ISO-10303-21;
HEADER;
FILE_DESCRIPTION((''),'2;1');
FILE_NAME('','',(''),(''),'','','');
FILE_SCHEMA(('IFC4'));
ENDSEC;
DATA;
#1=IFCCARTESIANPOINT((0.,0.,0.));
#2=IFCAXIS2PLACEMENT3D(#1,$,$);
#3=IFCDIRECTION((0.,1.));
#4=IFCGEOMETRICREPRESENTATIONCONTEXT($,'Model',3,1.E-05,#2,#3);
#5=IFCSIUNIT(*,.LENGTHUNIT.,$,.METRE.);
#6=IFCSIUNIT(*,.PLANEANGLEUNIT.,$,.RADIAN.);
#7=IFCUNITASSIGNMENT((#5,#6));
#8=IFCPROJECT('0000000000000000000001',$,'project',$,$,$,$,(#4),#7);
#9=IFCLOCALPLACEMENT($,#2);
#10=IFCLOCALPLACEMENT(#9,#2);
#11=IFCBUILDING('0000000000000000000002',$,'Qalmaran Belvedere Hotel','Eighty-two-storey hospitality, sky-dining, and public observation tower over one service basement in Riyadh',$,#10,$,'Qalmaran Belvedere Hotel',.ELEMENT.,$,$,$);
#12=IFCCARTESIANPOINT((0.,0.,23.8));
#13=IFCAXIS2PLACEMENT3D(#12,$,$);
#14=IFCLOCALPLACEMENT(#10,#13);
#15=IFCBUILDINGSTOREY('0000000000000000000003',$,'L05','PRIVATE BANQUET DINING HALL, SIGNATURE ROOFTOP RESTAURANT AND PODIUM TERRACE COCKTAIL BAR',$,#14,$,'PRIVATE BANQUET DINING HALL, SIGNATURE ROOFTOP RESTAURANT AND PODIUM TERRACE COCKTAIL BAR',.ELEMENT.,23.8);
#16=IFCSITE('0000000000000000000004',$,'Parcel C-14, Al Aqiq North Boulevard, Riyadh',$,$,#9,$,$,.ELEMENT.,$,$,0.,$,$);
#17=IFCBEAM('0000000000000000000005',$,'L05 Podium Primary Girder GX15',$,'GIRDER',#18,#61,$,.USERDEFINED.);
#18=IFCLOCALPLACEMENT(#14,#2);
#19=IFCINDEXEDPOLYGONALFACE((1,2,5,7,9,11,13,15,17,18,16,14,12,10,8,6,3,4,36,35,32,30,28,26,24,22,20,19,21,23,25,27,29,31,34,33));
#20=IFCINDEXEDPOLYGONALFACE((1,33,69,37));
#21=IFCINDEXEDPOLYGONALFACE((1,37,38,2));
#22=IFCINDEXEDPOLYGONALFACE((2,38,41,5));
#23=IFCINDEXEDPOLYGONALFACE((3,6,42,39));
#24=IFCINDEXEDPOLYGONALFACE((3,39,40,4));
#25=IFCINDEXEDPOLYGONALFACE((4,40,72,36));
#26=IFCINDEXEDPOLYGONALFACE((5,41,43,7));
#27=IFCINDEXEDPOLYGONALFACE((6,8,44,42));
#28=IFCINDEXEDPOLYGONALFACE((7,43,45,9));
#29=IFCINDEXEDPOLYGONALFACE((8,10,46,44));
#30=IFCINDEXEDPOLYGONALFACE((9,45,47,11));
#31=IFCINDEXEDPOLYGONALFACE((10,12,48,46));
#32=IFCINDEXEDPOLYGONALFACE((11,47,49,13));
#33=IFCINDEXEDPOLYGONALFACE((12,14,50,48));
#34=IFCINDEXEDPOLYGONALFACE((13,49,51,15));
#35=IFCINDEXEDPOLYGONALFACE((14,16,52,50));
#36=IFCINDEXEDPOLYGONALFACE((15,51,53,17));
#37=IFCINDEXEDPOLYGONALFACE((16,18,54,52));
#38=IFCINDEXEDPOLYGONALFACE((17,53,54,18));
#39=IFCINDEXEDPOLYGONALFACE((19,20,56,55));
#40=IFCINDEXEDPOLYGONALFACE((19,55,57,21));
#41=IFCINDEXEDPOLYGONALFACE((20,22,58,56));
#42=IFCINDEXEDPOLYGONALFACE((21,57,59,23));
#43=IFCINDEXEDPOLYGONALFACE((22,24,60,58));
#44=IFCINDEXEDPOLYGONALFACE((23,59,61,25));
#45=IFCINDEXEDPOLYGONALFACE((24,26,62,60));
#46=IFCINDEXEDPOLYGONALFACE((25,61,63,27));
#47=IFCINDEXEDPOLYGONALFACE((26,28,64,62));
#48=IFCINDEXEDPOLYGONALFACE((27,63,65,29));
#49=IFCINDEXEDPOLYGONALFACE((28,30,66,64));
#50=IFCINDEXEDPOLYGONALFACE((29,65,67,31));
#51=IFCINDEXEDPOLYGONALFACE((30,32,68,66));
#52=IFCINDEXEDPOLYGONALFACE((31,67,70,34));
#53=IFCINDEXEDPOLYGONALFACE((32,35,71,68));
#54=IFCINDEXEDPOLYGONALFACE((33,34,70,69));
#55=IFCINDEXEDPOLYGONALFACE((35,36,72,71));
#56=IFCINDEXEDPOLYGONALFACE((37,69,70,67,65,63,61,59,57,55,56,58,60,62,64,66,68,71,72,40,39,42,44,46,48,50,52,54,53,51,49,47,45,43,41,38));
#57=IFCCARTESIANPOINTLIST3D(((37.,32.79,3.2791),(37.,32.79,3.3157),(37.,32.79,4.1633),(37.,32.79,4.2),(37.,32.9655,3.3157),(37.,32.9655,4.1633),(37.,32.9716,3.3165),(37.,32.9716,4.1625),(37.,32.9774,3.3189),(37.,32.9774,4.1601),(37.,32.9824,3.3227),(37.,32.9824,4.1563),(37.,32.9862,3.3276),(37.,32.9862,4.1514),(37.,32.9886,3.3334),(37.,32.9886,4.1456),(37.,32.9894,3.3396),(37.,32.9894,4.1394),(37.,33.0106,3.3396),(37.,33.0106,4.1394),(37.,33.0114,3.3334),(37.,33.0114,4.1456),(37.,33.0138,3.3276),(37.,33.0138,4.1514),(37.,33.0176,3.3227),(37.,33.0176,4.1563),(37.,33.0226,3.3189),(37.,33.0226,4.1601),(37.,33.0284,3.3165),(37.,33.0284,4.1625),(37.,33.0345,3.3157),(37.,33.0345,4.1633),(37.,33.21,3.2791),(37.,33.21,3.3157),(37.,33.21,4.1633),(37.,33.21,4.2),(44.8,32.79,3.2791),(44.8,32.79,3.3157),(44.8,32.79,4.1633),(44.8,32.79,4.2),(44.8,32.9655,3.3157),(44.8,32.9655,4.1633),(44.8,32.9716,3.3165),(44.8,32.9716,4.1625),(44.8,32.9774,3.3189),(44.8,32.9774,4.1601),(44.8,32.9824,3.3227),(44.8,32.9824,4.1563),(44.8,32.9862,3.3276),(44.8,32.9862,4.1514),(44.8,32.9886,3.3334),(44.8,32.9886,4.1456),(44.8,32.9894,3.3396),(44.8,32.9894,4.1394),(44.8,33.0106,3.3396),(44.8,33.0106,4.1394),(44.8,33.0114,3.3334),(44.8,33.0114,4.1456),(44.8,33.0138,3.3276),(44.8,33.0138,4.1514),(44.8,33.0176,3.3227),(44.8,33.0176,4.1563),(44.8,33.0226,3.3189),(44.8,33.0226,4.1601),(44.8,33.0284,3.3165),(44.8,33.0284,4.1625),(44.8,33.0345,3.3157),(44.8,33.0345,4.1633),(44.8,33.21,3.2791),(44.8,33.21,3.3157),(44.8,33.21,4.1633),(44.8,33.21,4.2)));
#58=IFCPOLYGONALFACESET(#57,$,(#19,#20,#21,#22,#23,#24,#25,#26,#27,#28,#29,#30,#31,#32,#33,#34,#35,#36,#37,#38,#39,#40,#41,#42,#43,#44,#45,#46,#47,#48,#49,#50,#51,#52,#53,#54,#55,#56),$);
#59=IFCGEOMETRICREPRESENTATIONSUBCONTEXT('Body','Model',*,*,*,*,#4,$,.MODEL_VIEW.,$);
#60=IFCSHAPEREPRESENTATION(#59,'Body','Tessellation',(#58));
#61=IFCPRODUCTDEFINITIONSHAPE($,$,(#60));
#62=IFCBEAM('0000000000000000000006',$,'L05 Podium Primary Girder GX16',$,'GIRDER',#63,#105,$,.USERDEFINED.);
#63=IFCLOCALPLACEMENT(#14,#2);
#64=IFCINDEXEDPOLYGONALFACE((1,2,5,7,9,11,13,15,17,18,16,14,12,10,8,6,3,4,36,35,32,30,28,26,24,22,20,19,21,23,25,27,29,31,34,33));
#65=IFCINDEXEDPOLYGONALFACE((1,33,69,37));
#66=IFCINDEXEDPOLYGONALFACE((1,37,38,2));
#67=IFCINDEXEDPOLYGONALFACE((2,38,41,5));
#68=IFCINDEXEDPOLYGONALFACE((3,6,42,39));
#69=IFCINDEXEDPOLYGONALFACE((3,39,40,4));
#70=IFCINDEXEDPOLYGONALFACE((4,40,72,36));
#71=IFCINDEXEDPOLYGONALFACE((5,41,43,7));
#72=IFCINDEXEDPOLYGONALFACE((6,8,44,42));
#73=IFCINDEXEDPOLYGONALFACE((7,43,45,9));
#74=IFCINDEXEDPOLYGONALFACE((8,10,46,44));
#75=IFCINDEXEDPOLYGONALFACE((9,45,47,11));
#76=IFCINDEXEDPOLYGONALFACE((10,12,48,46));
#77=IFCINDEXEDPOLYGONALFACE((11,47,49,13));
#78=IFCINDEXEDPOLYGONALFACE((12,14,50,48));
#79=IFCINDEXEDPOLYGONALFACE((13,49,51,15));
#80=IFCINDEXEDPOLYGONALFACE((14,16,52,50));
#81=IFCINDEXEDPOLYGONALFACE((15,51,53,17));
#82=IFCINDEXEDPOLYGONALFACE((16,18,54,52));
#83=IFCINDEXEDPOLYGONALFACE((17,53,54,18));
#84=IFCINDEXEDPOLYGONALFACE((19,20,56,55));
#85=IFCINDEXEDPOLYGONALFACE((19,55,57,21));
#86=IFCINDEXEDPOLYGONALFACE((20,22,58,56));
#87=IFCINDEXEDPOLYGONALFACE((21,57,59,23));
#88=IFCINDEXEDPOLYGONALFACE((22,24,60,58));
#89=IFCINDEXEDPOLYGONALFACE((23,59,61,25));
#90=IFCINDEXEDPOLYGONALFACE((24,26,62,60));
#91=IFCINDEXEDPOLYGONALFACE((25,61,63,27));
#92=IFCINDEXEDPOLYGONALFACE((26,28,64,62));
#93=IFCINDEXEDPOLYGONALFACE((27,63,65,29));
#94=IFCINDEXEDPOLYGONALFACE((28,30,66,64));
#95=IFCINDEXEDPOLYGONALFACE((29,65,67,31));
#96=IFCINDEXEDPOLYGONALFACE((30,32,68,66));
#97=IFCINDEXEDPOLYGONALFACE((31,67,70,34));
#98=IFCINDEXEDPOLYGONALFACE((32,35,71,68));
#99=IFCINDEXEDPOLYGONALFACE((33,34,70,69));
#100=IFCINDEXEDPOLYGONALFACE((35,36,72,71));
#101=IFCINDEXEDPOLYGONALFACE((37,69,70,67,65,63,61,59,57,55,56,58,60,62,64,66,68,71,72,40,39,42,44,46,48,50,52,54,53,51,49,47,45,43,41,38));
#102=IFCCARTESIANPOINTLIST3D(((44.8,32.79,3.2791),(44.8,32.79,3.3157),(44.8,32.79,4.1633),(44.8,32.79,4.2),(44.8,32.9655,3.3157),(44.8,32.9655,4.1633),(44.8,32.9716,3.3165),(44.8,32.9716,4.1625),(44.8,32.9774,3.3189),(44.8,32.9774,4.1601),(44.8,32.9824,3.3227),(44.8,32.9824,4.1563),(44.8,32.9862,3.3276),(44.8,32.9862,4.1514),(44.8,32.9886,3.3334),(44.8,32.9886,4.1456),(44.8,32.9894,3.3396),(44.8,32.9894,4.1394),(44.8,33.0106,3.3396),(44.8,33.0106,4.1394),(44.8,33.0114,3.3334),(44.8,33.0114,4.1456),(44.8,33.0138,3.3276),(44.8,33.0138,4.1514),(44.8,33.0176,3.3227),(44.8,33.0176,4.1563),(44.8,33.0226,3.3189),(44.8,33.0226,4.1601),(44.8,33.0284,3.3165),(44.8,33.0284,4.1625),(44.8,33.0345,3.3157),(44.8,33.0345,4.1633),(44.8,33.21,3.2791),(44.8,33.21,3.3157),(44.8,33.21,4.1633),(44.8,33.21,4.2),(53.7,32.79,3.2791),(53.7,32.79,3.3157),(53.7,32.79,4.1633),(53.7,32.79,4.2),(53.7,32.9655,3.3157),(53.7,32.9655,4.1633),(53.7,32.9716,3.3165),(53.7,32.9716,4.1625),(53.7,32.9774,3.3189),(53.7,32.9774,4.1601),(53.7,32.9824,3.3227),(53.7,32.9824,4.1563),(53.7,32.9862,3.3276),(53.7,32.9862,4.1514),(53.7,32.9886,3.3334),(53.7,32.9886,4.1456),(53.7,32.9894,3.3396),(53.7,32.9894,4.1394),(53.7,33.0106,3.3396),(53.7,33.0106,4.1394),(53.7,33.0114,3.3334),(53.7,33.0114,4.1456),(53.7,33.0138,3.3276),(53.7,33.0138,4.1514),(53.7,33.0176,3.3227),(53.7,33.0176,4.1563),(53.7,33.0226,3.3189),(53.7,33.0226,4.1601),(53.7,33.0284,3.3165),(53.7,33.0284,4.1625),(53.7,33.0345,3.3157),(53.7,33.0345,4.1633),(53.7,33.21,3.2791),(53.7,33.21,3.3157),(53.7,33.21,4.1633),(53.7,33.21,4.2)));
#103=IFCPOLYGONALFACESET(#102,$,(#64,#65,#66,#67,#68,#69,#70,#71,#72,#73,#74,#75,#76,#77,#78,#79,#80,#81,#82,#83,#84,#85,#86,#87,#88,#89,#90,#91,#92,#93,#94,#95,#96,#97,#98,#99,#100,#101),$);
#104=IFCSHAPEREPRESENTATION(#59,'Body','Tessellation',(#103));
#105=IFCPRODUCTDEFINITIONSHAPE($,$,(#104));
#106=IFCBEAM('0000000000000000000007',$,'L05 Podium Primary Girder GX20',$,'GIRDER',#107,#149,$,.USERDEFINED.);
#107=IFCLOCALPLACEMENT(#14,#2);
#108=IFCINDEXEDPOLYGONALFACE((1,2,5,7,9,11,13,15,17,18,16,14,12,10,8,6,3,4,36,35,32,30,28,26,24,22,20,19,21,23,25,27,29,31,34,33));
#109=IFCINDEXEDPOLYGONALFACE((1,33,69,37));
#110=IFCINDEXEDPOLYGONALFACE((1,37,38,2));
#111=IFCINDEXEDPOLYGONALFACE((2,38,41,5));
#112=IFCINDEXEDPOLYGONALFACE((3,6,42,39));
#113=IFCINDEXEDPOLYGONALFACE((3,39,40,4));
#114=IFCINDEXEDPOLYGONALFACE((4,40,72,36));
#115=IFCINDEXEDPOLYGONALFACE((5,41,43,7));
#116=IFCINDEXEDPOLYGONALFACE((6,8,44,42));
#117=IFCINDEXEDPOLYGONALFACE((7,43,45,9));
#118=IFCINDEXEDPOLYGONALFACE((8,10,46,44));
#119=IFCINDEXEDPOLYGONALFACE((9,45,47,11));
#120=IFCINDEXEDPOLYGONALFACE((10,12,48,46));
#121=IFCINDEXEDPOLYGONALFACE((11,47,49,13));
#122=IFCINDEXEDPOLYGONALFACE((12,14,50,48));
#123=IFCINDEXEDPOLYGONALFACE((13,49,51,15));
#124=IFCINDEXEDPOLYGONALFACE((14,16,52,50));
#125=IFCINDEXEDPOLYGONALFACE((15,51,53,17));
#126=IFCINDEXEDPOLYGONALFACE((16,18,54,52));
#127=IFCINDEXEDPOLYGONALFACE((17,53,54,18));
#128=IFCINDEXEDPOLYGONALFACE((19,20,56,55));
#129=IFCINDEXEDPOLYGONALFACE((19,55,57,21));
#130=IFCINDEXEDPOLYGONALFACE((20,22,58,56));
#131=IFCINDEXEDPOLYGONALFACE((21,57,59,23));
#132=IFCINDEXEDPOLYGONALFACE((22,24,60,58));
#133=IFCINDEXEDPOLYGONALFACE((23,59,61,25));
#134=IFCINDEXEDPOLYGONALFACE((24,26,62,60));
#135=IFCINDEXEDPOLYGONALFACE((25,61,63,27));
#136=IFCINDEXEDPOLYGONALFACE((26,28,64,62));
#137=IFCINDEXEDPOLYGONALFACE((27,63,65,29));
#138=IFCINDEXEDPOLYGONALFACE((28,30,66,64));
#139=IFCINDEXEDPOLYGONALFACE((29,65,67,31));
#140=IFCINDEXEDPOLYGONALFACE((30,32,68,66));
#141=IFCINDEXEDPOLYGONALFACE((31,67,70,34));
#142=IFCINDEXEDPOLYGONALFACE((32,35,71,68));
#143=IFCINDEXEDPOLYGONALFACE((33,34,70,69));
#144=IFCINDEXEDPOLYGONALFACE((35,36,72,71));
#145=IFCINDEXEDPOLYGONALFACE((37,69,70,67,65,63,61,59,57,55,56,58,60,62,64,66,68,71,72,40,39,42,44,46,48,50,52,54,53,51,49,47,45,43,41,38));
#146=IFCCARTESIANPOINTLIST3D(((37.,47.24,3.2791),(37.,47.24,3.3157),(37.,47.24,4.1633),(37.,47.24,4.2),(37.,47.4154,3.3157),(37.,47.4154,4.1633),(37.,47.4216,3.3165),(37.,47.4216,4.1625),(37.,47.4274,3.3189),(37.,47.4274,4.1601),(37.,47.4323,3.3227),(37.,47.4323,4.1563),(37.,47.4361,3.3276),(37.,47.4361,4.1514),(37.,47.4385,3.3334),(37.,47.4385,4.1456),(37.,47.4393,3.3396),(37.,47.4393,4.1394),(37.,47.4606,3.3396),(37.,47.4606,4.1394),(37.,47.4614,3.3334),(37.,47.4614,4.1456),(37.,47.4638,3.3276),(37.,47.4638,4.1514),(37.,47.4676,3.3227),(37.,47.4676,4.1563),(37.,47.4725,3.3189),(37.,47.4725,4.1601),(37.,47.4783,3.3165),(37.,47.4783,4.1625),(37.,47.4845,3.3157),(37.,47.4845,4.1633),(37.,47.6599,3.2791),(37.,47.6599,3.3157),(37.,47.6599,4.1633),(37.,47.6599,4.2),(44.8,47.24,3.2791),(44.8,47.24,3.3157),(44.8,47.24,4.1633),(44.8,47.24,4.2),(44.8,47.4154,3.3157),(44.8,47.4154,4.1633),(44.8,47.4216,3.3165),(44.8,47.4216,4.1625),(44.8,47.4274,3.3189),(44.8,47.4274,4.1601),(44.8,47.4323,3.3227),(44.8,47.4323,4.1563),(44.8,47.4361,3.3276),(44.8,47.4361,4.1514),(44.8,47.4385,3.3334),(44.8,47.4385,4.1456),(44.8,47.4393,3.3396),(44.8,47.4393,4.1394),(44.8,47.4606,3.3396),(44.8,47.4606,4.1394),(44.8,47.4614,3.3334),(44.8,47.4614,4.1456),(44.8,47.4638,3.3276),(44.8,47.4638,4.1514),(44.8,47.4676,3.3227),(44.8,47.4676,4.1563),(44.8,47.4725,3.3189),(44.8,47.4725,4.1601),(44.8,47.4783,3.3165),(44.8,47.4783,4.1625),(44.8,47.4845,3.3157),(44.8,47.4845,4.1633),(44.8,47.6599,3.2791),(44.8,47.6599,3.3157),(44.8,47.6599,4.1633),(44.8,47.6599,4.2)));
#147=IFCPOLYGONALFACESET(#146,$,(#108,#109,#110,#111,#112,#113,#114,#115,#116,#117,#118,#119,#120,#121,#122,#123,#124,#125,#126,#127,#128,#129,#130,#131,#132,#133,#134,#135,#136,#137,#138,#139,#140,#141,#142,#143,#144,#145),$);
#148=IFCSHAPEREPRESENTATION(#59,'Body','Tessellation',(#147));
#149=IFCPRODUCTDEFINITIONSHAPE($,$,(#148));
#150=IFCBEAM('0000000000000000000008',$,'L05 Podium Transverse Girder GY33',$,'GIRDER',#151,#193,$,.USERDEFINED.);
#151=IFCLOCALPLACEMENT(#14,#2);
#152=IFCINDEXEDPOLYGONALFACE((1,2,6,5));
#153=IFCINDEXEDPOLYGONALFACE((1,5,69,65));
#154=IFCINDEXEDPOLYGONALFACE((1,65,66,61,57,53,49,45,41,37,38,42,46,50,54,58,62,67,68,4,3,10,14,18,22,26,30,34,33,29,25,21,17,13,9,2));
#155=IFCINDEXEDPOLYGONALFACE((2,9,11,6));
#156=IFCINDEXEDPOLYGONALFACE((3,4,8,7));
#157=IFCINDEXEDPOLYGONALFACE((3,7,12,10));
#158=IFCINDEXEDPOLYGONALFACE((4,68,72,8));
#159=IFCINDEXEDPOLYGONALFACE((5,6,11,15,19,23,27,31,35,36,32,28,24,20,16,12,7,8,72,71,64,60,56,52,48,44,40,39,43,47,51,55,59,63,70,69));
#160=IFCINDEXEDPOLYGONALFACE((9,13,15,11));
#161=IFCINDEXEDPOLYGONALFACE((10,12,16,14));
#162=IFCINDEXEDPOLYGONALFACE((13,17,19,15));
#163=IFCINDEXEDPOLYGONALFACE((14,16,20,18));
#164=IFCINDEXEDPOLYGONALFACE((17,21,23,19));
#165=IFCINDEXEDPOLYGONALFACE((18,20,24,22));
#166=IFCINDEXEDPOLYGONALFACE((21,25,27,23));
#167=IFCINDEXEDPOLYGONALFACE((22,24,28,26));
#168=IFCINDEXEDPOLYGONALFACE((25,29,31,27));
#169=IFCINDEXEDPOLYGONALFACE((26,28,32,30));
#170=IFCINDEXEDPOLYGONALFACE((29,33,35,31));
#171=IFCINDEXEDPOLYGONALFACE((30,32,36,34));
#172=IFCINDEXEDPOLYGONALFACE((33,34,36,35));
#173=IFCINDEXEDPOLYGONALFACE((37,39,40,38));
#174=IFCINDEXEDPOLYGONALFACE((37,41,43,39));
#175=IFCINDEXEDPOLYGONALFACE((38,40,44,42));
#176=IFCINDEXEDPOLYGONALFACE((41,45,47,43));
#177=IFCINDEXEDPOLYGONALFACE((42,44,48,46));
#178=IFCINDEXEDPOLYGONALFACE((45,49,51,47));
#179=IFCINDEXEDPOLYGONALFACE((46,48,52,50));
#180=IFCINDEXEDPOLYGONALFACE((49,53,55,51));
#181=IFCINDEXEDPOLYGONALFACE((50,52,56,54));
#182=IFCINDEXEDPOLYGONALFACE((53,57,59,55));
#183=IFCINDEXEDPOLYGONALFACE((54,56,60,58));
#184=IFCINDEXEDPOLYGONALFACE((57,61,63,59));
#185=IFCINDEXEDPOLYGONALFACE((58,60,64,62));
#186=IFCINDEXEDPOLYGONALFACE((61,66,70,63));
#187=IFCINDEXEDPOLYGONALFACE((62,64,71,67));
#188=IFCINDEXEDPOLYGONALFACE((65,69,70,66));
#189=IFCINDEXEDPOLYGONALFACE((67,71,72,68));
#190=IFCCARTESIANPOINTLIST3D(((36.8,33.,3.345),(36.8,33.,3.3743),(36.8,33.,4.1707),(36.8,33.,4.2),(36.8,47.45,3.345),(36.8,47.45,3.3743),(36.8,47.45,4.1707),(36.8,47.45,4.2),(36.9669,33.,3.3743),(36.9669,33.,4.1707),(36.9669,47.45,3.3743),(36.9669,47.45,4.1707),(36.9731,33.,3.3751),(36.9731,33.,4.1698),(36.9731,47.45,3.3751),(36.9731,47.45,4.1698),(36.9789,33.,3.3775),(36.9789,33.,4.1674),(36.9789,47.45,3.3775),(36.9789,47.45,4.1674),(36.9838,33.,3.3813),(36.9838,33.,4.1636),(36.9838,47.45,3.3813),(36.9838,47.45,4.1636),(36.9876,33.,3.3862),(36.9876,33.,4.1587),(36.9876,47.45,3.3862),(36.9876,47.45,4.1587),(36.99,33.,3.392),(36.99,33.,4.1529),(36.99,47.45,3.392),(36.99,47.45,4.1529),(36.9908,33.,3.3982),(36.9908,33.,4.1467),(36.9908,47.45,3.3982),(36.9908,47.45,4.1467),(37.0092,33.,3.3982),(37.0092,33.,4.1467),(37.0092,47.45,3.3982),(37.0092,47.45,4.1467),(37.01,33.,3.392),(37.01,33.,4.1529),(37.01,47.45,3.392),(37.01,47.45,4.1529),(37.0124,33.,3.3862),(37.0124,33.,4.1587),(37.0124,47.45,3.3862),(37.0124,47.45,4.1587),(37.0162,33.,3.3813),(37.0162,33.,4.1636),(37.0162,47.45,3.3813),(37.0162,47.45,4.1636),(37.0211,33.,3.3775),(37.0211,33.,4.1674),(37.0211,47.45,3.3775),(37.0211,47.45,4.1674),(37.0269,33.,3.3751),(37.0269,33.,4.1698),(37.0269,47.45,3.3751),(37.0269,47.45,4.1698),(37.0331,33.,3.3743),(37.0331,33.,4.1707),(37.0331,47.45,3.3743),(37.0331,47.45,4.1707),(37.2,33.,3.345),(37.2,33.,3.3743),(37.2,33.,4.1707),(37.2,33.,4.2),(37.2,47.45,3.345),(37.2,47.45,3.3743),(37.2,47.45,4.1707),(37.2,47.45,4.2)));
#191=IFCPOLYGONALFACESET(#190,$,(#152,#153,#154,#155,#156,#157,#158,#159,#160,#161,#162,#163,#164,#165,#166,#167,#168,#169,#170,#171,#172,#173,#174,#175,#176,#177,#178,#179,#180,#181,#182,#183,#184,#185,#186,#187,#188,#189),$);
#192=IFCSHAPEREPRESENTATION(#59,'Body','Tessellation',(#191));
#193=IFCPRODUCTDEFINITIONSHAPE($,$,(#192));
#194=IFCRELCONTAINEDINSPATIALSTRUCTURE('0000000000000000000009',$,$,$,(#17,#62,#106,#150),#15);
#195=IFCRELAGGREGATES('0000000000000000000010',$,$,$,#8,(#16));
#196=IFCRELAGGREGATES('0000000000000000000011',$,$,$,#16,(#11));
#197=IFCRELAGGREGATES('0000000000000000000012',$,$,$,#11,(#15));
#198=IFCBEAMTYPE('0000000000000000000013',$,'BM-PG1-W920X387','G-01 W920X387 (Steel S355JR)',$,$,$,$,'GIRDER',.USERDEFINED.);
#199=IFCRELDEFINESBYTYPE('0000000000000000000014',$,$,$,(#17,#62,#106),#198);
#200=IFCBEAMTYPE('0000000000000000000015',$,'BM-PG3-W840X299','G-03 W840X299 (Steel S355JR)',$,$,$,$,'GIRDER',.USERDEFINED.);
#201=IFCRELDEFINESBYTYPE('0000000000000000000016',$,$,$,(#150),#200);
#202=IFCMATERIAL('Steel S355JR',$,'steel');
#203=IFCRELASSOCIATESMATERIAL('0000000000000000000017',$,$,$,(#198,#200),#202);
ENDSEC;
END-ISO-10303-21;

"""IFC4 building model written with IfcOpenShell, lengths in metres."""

from ifc_helpers import new_model, si_unit, direction, frame, origin, origin_2d, place, context, subcontext, project, spatial, i_section, extrude, material, material_profile, profile_set, type_object, element, save


model = new_model("IFC4")

# Units and contexts
model_context = context("Model", 3, precision=1e-05, world=origin(), true_north=direction((0.0, 1.0)))
body_context = subcontext(model_context, "Body", "Model", "MODEL_VIEW")
ifc_project = project(units=[si_unit("LENGTHUNIT", "METRE"), si_unit("PLANEANGLEUNIT", "RADIAN")], contexts=[model_context])

# Site, building, storey
site_placement = place(None, origin())
site = spatial("IfcSite", under=ifc_project, at=site_placement, Name="Parcel C-14, Al Aqiq North Boulevard, Riyadh", CompositionType="ELEMENT", RefElevation=0.0)
building_placement = place(site_placement, origin())
building = spatial("IfcBuilding", under=site, at=building_placement, Name="Qalmaran Belvedere Hotel", Description="Eighty-two-storey hospitality, sky-dining, and public observation tower over one service basement in Riyadh", LongName="Qalmaran Belvedere Hotel", CompositionType="ELEMENT")
storey_placement = place(building_placement, frame((0.0, 0.0, 23.8)))
storey = spatial("IfcBuildingStorey", under=building, at=storey_placement, Name="L05", Description="PRIVATE BANQUET DINING HALL, SIGNATURE ROOFTOP RESTAURANT AND PODIUM TERRACE COCKTAIL BAR", LongName="PRIVATE BANQUET DINING HALL, SIGNATURE ROOFTOP RESTAURANT AND PODIUM TERRACE COCKTAIL BAR", CompositionType="ELEMENT", Elevation=23.8)

# Beams
ifc_material_1 = material(Name="Steel S355JR", Category="steel")
ifc_material_profile_1 = material_profile(ifc_material_1, i_section(OverallWidth=0.4199, OverallDepth=0.9209, WebThickness=0.0212, FlangeThickness=0.0366, FilletRadius=0.0239, at=origin_2d()), Name="W920X387")
ifc_profile_set_1 = profile_set([ifc_material_profile_1], Name="Steel S355JR")
beam_type_1 = type_object("IfcBeamType", Name="BM-PG1-W920X387", Description="G-01 W920X387 (Steel S355JR)", ElementType="GIRDER", PredefinedType="USERDEFINED", material=ifc_profile_set_1)
beam_1_placement = place(storey_placement, frame((37.0, 33.0, 3.7395), z_axis=(1.0, 0.0, 0.0), x_axis=(0.0, 1.0, 0.0)))
element("IfcBeam", 1, at=beam_1_placement, inside=storey, type_object=beam_type_1, Name="L05 Podium Primary Girder GX15", ObjectType="GIRDER", PredefinedType="USERDEFINED", context=body_context, shape_type="SweptSolid", body=[
    extrude(i_section(OverallWidth=0.4199, OverallDepth=0.9209, WebThickness=0.0212, FlangeThickness=0.0366, FilletRadius=0.0239, at=origin_2d()), origin(), (0.0, 0.0, 1.0), 7.8),
])
beam_2_placement = place(storey_placement, frame((44.8, 33.0, 3.7395), z_axis=(1.0, 0.0, 0.0), x_axis=(0.0, 1.0, 0.0)))
element("IfcBeam", 2, at=beam_2_placement, inside=storey, type_object=beam_type_1, Name="L05 Podium Primary Girder GX16", ObjectType="GIRDER", PredefinedType="USERDEFINED", context=body_context, shape_type="SweptSolid", body=[
    extrude(i_section(OverallWidth=0.4199, OverallDepth=0.9209, WebThickness=0.0212, FlangeThickness=0.0366, FilletRadius=0.0239, at=origin_2d()), origin(), (0.0, 0.0, 1.0), 8.8999),
])
beam_3_placement = place(storey_placement, frame((37.0, 47.45, 3.7395), z_axis=(1.0, 0.0, 0.0), x_axis=(0.0, 1.0, 0.0)))
element("IfcBeam", 3, at=beam_3_placement, inside=storey, type_object=beam_type_1, Name="L05 Podium Primary Girder GX20", ObjectType="GIRDER", PredefinedType="USERDEFINED", context=body_context, shape_type="SweptSolid", body=[
    extrude(i_section(OverallWidth=0.4199, OverallDepth=0.9209, WebThickness=0.0212, FlangeThickness=0.0366, FilletRadius=0.0239, at=origin_2d()), origin(), (0.0, 0.0, 1.0), 7.8),
])
ifc_material_profile_2 = material_profile(ifc_material_1, i_section(OverallWidth=0.3999, OverallDepth=0.855, WebThickness=0.0183, FlangeThickness=0.0293, FilletRadius=0.0239, at=origin_2d()), Name="W840X299")
ifc_profile_set_2 = profile_set([ifc_material_profile_2], Name="Steel S355JR")
beam_type_2 = type_object("IfcBeamType", Name="BM-PG3-W840X299", Description="G-03 W840X299 (Steel S355JR)", ElementType="GIRDER", PredefinedType="USERDEFINED", material=ifc_profile_set_2)
for number, where, z_axis, x_axis, name in (
    (4, (37.0, 33.0, 3.7725), (0.0, 1.0, 0.0), (-1.0, 0.0, 0.0), "L05 Podium Transverse Girder GY33"),
):
    element("IfcBeam", number, at=place(storey_placement, frame(where, z_axis=z_axis, x_axis=x_axis)), inside=storey, type_object=beam_type_2, Name=name, ObjectType="GIRDER", PredefinedType="USERDEFINED", context=body_context, shape_type="SweptSolid", body=[
        extrude(i_section(OverallWidth=0.3999, OverallDepth=0.855, WebThickness=0.0183, FlangeThickness=0.0293, FilletRadius=0.0239, at=origin_2d()), origin(), (0.0, 0.0, 1.0), 14.45),
    ])

save(model, "model.ifc")
